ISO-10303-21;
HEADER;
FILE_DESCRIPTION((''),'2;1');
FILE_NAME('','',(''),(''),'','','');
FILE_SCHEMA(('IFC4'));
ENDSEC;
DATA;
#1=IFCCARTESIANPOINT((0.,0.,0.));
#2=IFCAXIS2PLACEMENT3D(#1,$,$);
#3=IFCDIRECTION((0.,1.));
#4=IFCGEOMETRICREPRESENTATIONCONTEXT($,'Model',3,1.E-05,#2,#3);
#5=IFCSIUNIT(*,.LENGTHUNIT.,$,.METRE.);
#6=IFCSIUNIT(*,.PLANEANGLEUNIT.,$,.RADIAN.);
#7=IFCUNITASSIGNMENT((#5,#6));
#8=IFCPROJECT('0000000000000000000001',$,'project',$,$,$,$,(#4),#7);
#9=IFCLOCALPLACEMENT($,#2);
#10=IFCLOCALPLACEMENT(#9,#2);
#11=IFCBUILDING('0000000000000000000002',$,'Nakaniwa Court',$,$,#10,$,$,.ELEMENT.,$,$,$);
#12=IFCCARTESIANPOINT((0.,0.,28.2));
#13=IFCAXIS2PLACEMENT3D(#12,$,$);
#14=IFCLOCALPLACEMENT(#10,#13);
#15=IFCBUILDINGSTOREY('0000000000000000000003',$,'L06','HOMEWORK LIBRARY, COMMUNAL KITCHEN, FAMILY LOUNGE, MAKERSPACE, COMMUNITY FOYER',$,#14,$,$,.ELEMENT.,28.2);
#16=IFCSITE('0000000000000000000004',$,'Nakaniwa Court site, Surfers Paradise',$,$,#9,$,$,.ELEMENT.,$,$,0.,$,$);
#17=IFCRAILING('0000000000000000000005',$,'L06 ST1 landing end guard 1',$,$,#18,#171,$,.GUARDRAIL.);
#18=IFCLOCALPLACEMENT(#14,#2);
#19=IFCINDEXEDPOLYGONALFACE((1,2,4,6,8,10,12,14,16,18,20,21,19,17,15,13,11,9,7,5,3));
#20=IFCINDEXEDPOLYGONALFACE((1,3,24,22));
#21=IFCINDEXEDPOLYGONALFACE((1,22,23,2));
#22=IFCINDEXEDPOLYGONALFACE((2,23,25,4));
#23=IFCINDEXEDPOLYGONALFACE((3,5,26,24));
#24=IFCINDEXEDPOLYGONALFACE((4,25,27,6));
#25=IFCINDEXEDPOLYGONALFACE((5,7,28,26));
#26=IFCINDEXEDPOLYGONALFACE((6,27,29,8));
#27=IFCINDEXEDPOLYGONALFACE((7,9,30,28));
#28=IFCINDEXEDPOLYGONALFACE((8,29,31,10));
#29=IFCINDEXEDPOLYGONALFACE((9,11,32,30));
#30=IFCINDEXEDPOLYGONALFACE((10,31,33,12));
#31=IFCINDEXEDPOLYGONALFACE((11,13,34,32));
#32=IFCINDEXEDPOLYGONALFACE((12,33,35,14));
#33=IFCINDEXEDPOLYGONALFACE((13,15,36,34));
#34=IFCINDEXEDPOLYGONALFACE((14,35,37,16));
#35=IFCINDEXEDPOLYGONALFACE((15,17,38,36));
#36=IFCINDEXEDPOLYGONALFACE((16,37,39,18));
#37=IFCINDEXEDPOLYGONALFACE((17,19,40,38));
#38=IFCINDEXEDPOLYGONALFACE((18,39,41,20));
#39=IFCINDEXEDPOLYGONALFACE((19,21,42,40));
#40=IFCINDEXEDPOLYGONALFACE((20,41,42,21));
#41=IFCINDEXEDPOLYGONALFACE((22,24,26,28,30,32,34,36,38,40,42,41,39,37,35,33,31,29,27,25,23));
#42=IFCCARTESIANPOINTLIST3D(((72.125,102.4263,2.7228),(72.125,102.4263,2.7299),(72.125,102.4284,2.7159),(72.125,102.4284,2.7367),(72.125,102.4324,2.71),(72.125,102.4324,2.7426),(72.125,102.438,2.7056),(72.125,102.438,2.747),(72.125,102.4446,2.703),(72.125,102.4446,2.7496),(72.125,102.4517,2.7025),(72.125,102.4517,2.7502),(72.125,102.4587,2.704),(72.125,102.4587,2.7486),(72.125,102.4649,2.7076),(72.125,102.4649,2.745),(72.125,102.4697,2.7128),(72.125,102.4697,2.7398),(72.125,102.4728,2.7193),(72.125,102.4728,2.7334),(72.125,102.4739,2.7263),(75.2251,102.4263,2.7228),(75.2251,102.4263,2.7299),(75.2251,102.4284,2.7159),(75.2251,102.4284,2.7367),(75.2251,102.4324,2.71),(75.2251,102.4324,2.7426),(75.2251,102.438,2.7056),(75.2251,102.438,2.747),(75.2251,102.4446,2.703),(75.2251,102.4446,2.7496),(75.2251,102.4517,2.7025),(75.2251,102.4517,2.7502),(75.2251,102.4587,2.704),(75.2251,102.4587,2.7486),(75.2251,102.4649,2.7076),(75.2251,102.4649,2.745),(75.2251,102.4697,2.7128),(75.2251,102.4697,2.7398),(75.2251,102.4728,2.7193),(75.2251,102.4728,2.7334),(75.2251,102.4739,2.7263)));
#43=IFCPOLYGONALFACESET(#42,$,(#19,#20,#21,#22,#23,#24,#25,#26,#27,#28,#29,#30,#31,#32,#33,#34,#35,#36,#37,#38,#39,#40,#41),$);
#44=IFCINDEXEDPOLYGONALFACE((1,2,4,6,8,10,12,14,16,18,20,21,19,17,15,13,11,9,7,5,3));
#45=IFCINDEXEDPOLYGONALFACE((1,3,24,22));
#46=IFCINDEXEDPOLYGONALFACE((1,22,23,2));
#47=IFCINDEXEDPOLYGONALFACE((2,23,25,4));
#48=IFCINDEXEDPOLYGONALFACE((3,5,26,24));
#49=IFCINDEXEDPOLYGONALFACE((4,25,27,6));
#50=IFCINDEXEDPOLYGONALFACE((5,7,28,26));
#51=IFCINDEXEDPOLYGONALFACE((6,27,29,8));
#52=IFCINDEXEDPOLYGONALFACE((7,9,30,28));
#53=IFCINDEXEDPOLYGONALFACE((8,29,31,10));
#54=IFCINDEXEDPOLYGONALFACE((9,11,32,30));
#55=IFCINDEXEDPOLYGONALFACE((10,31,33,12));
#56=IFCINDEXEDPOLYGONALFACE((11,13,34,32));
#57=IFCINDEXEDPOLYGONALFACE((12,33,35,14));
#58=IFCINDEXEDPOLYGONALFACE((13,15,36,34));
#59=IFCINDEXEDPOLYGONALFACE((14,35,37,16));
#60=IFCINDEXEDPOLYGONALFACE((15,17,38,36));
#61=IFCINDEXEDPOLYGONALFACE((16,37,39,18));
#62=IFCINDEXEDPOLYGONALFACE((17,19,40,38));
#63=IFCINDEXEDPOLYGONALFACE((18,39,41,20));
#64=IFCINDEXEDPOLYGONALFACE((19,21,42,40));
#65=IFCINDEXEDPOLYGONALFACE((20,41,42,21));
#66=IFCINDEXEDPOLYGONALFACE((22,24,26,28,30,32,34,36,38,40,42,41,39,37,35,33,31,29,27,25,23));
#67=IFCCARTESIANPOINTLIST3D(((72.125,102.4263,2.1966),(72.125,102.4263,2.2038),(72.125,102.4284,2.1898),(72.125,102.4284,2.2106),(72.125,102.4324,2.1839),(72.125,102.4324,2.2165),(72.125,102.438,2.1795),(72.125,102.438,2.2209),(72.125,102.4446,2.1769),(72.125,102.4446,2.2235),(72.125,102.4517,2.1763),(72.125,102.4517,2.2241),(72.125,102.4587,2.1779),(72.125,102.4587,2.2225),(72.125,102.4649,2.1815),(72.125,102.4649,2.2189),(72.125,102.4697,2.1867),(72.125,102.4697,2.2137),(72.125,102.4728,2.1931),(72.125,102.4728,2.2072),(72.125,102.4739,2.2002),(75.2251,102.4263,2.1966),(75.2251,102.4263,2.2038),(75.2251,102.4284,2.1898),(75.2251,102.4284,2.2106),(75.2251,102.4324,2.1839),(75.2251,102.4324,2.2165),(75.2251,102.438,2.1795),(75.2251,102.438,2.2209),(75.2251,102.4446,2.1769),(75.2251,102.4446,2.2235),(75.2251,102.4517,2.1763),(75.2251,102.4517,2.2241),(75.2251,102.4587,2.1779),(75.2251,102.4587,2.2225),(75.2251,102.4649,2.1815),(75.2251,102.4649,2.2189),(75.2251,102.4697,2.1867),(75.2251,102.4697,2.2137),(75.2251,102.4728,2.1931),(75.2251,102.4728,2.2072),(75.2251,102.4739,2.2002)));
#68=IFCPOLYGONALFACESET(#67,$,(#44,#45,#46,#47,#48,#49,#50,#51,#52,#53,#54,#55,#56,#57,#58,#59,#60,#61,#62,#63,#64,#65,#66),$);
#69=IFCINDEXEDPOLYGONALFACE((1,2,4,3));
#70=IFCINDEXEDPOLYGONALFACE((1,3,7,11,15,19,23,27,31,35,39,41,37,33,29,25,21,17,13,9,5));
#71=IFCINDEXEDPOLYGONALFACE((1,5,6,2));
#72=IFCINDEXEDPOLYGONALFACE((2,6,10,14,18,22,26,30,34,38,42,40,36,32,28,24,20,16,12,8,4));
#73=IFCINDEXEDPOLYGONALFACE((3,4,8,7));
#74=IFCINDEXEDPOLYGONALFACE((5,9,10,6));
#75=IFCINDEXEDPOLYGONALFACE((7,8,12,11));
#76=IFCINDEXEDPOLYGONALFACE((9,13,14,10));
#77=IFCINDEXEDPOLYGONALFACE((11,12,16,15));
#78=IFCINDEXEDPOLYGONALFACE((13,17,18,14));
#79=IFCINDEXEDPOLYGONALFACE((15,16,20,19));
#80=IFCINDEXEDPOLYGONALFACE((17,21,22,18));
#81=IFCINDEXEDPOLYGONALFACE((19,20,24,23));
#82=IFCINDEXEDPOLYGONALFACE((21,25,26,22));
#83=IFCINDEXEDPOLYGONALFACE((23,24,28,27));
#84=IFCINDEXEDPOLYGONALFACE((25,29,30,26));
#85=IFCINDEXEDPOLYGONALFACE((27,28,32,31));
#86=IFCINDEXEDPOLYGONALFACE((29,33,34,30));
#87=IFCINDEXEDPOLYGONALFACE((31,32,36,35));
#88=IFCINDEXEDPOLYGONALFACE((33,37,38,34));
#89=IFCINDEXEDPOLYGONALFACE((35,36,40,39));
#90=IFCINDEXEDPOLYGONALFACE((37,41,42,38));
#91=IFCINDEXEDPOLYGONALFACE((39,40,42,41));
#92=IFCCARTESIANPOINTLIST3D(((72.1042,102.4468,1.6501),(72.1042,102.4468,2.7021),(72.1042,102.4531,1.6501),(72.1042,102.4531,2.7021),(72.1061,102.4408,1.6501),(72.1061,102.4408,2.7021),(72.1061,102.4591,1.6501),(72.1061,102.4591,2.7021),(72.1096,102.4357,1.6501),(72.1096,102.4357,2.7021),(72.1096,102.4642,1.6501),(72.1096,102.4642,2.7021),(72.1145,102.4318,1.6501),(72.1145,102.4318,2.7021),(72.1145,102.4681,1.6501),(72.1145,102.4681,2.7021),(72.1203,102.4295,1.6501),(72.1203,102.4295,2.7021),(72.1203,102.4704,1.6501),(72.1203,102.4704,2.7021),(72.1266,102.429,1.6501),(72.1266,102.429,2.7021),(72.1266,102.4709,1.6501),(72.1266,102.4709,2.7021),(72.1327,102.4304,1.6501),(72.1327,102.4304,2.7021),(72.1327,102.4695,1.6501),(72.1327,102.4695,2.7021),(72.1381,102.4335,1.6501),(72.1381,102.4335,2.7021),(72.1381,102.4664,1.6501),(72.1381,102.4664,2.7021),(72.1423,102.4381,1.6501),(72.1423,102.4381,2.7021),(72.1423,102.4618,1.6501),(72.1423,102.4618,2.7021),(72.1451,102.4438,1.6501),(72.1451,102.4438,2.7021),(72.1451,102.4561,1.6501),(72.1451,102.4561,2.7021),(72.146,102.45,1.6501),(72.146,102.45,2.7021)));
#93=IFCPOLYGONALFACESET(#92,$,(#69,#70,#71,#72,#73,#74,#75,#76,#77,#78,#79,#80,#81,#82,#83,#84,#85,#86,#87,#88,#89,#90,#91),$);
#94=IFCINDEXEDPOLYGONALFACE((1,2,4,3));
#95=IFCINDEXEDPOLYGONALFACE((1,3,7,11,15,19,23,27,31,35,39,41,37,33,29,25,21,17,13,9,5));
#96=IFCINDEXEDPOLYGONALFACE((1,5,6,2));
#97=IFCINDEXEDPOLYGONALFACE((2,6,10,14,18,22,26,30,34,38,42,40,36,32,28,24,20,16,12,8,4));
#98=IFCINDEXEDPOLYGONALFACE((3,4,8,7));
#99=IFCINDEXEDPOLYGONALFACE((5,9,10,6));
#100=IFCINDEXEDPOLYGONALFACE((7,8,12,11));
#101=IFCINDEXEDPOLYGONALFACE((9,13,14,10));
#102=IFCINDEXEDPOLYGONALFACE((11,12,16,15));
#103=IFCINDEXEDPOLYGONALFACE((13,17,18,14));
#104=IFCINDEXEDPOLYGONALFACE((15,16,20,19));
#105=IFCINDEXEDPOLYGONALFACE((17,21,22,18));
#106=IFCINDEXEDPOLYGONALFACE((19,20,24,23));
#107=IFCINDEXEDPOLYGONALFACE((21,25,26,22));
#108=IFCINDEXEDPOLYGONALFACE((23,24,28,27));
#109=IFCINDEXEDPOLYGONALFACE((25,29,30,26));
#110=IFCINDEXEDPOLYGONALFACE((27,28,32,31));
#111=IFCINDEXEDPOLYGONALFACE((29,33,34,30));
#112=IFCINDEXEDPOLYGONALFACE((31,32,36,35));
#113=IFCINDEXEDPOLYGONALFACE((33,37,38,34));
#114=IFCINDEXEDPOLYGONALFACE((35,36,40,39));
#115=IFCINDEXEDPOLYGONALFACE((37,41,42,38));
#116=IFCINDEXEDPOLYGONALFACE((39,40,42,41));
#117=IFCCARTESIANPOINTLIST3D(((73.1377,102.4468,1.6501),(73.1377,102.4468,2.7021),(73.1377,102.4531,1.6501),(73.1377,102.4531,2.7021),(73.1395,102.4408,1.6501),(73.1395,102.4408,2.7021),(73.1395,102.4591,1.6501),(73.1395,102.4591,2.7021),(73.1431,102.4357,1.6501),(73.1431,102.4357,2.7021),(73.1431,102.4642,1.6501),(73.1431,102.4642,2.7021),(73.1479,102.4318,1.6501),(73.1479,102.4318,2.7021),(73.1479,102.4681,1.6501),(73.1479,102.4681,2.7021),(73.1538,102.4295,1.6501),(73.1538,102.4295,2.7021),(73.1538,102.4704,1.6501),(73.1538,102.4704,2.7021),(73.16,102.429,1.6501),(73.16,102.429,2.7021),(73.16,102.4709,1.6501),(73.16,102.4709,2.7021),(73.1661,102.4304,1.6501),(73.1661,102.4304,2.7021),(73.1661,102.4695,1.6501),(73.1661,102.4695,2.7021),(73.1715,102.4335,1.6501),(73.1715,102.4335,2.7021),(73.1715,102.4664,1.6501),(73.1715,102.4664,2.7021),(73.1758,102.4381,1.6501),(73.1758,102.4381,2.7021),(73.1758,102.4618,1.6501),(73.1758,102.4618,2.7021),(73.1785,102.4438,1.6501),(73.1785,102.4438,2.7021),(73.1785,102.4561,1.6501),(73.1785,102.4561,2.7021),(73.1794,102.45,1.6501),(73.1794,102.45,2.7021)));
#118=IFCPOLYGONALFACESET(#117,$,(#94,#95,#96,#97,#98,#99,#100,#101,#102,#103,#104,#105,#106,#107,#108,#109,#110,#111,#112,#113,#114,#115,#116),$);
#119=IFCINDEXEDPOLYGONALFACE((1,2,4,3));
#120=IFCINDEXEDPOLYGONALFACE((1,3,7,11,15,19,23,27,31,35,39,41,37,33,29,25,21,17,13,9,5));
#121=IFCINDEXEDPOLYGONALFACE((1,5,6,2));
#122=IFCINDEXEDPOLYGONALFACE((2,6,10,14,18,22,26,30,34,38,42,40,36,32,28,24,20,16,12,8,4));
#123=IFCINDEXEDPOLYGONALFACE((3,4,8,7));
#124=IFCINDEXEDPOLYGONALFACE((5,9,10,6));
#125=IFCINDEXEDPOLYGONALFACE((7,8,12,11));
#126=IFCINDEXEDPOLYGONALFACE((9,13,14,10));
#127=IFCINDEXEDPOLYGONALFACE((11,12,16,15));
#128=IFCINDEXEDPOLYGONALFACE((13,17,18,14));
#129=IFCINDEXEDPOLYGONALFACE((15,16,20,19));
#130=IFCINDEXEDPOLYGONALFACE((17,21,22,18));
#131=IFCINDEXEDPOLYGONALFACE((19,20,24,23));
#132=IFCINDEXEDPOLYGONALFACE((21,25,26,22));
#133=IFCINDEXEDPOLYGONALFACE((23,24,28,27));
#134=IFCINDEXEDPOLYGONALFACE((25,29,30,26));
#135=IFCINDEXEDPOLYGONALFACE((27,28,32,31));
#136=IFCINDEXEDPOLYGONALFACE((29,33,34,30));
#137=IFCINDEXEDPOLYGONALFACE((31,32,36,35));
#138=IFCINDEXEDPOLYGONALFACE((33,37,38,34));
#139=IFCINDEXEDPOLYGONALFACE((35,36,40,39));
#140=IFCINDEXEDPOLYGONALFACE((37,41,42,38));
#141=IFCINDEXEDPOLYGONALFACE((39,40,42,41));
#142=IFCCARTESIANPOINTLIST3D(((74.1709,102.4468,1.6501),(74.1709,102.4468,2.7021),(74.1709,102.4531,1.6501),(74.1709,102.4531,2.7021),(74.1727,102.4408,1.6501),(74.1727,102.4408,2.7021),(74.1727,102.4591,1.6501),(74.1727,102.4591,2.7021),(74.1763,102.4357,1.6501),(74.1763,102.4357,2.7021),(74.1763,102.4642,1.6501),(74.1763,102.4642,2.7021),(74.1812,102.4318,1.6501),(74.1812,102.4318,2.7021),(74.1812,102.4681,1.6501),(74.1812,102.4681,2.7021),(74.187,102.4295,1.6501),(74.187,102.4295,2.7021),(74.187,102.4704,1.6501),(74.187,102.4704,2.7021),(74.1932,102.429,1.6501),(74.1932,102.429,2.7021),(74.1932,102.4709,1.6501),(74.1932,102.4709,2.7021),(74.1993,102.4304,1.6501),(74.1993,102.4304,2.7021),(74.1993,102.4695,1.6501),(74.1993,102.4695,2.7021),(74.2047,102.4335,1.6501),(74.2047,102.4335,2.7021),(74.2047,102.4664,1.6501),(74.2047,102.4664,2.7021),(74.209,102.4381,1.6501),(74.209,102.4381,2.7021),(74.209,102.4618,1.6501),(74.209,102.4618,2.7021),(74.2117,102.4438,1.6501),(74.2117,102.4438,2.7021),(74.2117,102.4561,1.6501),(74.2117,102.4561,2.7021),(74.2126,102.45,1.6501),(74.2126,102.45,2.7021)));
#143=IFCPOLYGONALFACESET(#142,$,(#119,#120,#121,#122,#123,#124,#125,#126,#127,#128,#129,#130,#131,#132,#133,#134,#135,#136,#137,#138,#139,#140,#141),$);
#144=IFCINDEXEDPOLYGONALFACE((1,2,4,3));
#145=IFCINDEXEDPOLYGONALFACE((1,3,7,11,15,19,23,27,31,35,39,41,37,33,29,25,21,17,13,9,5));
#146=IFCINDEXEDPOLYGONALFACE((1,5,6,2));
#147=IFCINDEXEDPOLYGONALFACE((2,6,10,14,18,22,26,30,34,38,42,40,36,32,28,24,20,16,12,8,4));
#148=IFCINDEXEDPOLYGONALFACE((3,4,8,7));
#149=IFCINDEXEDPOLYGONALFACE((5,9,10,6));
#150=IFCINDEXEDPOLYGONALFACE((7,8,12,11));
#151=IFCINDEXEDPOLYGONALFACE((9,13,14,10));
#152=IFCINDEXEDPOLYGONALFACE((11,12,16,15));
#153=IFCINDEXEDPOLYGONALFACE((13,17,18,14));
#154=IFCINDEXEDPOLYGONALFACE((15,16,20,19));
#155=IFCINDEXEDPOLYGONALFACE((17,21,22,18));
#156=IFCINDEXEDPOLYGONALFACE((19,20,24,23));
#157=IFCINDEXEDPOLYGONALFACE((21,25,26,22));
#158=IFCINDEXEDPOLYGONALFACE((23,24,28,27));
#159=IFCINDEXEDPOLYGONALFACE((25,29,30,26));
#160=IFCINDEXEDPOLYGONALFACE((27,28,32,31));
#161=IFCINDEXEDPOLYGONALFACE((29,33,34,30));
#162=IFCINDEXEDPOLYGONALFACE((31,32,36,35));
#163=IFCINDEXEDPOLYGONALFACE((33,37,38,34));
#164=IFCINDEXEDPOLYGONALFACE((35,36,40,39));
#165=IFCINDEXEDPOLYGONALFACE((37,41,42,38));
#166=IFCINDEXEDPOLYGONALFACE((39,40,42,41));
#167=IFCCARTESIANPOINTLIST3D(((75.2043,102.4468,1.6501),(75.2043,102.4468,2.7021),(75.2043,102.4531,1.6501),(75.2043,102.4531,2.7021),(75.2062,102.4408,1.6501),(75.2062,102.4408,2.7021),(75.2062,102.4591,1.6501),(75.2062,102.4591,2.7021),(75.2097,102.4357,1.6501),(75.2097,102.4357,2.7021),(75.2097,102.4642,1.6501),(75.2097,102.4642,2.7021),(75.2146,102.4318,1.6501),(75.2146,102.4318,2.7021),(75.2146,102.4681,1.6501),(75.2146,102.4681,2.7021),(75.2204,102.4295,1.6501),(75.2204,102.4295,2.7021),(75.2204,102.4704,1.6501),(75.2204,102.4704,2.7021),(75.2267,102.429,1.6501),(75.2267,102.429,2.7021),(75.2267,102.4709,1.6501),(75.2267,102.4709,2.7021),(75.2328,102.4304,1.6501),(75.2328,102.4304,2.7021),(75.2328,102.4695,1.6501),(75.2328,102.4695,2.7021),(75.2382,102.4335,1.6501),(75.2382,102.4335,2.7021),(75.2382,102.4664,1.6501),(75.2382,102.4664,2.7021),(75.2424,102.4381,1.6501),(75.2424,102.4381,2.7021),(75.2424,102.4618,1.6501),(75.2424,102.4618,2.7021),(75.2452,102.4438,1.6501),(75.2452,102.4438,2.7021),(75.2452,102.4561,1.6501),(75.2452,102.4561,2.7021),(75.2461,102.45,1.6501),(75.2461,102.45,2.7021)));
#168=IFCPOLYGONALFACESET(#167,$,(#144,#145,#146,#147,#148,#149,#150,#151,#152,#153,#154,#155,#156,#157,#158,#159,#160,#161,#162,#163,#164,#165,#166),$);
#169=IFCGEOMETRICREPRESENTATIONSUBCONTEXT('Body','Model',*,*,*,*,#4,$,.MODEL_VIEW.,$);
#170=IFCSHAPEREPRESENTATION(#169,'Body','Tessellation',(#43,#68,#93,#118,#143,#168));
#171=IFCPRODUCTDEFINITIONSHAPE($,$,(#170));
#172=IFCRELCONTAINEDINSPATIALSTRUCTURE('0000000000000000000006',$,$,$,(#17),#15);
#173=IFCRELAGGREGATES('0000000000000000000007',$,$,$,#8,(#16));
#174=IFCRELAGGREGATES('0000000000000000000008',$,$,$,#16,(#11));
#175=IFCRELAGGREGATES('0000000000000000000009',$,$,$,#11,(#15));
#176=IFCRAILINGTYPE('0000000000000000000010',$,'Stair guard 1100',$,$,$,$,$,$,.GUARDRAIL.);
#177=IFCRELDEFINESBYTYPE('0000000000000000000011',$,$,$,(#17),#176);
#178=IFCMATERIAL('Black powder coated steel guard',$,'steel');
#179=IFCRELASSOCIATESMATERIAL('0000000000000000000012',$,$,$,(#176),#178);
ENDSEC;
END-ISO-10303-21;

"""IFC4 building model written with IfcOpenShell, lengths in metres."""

from ifc_helpers import new_model, si_unit, direction, frame, origin, origin_2d, place, context, subcontext, project, spatial, circle, extrude, material, type_object, element, save


model = new_model("IFC4")

# Units and contexts
model_context = context("Model", 3, precision=1e-05, world=origin(), true_north=direction((0.0, 1.0)))
body_context = subcontext(model_context, "Body", "Model", "MODEL_VIEW")
ifc_project = project(units=[si_unit("LENGTHUNIT", "METRE"), si_unit("PLANEANGLEUNIT", "RADIAN")], contexts=[model_context])

# Site, building, storey
site_placement = place(None, origin())
site = spatial("IfcSite", under=ifc_project, at=site_placement, Name="Nakaniwa Court site, Surfers Paradise", CompositionType="ELEMENT", RefElevation=0.0)
building_placement = place(site_placement, origin())
building = spatial("IfcBuilding", under=site, at=building_placement, Name="Nakaniwa Court", CompositionType="ELEMENT")
storey_placement = place(building_placement, frame((0.0, 0.0, 28.2)))
storey = spatial("IfcBuildingStorey", under=building, at=storey_placement, Name="L06", Description="HOMEWORK LIBRARY, COMMUNAL KITCHEN, FAMILY LOUNGE, MAKERSPACE, COMMUNITY FOYER", CompositionType="ELEMENT", Elevation=28.2)

# Railing
ifc_material_1 = material(Name="Black powder coated steel guard", Category="steel")
railing_type_1 = type_object("IfcRailingType", Name="Stair guard 1100", PredefinedType="GUARDRAIL", material=ifc_material_1)
railing_1_placement = place(storey_placement, frame((72.125, 102.45, 1.6501)))
element("IfcRailing", 1, at=railing_1_placement, inside=storey, type_object=railing_type_1, Name="L06 ST1 landing end guard 1", PredefinedType="GUARDRAIL", context=body_context, shape_type="SweptSolid", body=[
    extrude(circle(Radius=0.0239, at=origin_2d()), frame((0.0, 0.0, 1.0762), z_axis=(1.0, 0.0, 0.0), x_axis=(0.0, 1.0, 0.0)), (0.0, 0.0, 1.0), 3.1001),
    extrude(circle(Radius=0.0239, at=origin_2d()), frame((0.0, 0.0, 0.55), z_axis=(1.0, 0.0, 0.0), x_axis=(0.0, 1.0, 0.0)), (0.0, 0.0, 1.0), 3.1001),
    extrude(circle(Radius=0.021, at=origin_2d()), origin(), (0.0, 0.0, 1.0), 1.052),
    extrude(circle(Radius=0.021, at=origin_2d()), frame((1.0334, 0.0, 0.0)), (0.0, 0.0, 1.0), 1.052),
    extrude(circle(Radius=0.021, at=origin_2d()), frame((2.0667, 0.0, 0.0)), (0.0, 0.0, 1.0), 1.052),
    extrude(circle(Radius=0.021, at=origin_2d()), frame((3.1001, 0.0, 0.0)), (0.0, 0.0, 1.0), 1.052),
])

save(model, "model.ifc")
